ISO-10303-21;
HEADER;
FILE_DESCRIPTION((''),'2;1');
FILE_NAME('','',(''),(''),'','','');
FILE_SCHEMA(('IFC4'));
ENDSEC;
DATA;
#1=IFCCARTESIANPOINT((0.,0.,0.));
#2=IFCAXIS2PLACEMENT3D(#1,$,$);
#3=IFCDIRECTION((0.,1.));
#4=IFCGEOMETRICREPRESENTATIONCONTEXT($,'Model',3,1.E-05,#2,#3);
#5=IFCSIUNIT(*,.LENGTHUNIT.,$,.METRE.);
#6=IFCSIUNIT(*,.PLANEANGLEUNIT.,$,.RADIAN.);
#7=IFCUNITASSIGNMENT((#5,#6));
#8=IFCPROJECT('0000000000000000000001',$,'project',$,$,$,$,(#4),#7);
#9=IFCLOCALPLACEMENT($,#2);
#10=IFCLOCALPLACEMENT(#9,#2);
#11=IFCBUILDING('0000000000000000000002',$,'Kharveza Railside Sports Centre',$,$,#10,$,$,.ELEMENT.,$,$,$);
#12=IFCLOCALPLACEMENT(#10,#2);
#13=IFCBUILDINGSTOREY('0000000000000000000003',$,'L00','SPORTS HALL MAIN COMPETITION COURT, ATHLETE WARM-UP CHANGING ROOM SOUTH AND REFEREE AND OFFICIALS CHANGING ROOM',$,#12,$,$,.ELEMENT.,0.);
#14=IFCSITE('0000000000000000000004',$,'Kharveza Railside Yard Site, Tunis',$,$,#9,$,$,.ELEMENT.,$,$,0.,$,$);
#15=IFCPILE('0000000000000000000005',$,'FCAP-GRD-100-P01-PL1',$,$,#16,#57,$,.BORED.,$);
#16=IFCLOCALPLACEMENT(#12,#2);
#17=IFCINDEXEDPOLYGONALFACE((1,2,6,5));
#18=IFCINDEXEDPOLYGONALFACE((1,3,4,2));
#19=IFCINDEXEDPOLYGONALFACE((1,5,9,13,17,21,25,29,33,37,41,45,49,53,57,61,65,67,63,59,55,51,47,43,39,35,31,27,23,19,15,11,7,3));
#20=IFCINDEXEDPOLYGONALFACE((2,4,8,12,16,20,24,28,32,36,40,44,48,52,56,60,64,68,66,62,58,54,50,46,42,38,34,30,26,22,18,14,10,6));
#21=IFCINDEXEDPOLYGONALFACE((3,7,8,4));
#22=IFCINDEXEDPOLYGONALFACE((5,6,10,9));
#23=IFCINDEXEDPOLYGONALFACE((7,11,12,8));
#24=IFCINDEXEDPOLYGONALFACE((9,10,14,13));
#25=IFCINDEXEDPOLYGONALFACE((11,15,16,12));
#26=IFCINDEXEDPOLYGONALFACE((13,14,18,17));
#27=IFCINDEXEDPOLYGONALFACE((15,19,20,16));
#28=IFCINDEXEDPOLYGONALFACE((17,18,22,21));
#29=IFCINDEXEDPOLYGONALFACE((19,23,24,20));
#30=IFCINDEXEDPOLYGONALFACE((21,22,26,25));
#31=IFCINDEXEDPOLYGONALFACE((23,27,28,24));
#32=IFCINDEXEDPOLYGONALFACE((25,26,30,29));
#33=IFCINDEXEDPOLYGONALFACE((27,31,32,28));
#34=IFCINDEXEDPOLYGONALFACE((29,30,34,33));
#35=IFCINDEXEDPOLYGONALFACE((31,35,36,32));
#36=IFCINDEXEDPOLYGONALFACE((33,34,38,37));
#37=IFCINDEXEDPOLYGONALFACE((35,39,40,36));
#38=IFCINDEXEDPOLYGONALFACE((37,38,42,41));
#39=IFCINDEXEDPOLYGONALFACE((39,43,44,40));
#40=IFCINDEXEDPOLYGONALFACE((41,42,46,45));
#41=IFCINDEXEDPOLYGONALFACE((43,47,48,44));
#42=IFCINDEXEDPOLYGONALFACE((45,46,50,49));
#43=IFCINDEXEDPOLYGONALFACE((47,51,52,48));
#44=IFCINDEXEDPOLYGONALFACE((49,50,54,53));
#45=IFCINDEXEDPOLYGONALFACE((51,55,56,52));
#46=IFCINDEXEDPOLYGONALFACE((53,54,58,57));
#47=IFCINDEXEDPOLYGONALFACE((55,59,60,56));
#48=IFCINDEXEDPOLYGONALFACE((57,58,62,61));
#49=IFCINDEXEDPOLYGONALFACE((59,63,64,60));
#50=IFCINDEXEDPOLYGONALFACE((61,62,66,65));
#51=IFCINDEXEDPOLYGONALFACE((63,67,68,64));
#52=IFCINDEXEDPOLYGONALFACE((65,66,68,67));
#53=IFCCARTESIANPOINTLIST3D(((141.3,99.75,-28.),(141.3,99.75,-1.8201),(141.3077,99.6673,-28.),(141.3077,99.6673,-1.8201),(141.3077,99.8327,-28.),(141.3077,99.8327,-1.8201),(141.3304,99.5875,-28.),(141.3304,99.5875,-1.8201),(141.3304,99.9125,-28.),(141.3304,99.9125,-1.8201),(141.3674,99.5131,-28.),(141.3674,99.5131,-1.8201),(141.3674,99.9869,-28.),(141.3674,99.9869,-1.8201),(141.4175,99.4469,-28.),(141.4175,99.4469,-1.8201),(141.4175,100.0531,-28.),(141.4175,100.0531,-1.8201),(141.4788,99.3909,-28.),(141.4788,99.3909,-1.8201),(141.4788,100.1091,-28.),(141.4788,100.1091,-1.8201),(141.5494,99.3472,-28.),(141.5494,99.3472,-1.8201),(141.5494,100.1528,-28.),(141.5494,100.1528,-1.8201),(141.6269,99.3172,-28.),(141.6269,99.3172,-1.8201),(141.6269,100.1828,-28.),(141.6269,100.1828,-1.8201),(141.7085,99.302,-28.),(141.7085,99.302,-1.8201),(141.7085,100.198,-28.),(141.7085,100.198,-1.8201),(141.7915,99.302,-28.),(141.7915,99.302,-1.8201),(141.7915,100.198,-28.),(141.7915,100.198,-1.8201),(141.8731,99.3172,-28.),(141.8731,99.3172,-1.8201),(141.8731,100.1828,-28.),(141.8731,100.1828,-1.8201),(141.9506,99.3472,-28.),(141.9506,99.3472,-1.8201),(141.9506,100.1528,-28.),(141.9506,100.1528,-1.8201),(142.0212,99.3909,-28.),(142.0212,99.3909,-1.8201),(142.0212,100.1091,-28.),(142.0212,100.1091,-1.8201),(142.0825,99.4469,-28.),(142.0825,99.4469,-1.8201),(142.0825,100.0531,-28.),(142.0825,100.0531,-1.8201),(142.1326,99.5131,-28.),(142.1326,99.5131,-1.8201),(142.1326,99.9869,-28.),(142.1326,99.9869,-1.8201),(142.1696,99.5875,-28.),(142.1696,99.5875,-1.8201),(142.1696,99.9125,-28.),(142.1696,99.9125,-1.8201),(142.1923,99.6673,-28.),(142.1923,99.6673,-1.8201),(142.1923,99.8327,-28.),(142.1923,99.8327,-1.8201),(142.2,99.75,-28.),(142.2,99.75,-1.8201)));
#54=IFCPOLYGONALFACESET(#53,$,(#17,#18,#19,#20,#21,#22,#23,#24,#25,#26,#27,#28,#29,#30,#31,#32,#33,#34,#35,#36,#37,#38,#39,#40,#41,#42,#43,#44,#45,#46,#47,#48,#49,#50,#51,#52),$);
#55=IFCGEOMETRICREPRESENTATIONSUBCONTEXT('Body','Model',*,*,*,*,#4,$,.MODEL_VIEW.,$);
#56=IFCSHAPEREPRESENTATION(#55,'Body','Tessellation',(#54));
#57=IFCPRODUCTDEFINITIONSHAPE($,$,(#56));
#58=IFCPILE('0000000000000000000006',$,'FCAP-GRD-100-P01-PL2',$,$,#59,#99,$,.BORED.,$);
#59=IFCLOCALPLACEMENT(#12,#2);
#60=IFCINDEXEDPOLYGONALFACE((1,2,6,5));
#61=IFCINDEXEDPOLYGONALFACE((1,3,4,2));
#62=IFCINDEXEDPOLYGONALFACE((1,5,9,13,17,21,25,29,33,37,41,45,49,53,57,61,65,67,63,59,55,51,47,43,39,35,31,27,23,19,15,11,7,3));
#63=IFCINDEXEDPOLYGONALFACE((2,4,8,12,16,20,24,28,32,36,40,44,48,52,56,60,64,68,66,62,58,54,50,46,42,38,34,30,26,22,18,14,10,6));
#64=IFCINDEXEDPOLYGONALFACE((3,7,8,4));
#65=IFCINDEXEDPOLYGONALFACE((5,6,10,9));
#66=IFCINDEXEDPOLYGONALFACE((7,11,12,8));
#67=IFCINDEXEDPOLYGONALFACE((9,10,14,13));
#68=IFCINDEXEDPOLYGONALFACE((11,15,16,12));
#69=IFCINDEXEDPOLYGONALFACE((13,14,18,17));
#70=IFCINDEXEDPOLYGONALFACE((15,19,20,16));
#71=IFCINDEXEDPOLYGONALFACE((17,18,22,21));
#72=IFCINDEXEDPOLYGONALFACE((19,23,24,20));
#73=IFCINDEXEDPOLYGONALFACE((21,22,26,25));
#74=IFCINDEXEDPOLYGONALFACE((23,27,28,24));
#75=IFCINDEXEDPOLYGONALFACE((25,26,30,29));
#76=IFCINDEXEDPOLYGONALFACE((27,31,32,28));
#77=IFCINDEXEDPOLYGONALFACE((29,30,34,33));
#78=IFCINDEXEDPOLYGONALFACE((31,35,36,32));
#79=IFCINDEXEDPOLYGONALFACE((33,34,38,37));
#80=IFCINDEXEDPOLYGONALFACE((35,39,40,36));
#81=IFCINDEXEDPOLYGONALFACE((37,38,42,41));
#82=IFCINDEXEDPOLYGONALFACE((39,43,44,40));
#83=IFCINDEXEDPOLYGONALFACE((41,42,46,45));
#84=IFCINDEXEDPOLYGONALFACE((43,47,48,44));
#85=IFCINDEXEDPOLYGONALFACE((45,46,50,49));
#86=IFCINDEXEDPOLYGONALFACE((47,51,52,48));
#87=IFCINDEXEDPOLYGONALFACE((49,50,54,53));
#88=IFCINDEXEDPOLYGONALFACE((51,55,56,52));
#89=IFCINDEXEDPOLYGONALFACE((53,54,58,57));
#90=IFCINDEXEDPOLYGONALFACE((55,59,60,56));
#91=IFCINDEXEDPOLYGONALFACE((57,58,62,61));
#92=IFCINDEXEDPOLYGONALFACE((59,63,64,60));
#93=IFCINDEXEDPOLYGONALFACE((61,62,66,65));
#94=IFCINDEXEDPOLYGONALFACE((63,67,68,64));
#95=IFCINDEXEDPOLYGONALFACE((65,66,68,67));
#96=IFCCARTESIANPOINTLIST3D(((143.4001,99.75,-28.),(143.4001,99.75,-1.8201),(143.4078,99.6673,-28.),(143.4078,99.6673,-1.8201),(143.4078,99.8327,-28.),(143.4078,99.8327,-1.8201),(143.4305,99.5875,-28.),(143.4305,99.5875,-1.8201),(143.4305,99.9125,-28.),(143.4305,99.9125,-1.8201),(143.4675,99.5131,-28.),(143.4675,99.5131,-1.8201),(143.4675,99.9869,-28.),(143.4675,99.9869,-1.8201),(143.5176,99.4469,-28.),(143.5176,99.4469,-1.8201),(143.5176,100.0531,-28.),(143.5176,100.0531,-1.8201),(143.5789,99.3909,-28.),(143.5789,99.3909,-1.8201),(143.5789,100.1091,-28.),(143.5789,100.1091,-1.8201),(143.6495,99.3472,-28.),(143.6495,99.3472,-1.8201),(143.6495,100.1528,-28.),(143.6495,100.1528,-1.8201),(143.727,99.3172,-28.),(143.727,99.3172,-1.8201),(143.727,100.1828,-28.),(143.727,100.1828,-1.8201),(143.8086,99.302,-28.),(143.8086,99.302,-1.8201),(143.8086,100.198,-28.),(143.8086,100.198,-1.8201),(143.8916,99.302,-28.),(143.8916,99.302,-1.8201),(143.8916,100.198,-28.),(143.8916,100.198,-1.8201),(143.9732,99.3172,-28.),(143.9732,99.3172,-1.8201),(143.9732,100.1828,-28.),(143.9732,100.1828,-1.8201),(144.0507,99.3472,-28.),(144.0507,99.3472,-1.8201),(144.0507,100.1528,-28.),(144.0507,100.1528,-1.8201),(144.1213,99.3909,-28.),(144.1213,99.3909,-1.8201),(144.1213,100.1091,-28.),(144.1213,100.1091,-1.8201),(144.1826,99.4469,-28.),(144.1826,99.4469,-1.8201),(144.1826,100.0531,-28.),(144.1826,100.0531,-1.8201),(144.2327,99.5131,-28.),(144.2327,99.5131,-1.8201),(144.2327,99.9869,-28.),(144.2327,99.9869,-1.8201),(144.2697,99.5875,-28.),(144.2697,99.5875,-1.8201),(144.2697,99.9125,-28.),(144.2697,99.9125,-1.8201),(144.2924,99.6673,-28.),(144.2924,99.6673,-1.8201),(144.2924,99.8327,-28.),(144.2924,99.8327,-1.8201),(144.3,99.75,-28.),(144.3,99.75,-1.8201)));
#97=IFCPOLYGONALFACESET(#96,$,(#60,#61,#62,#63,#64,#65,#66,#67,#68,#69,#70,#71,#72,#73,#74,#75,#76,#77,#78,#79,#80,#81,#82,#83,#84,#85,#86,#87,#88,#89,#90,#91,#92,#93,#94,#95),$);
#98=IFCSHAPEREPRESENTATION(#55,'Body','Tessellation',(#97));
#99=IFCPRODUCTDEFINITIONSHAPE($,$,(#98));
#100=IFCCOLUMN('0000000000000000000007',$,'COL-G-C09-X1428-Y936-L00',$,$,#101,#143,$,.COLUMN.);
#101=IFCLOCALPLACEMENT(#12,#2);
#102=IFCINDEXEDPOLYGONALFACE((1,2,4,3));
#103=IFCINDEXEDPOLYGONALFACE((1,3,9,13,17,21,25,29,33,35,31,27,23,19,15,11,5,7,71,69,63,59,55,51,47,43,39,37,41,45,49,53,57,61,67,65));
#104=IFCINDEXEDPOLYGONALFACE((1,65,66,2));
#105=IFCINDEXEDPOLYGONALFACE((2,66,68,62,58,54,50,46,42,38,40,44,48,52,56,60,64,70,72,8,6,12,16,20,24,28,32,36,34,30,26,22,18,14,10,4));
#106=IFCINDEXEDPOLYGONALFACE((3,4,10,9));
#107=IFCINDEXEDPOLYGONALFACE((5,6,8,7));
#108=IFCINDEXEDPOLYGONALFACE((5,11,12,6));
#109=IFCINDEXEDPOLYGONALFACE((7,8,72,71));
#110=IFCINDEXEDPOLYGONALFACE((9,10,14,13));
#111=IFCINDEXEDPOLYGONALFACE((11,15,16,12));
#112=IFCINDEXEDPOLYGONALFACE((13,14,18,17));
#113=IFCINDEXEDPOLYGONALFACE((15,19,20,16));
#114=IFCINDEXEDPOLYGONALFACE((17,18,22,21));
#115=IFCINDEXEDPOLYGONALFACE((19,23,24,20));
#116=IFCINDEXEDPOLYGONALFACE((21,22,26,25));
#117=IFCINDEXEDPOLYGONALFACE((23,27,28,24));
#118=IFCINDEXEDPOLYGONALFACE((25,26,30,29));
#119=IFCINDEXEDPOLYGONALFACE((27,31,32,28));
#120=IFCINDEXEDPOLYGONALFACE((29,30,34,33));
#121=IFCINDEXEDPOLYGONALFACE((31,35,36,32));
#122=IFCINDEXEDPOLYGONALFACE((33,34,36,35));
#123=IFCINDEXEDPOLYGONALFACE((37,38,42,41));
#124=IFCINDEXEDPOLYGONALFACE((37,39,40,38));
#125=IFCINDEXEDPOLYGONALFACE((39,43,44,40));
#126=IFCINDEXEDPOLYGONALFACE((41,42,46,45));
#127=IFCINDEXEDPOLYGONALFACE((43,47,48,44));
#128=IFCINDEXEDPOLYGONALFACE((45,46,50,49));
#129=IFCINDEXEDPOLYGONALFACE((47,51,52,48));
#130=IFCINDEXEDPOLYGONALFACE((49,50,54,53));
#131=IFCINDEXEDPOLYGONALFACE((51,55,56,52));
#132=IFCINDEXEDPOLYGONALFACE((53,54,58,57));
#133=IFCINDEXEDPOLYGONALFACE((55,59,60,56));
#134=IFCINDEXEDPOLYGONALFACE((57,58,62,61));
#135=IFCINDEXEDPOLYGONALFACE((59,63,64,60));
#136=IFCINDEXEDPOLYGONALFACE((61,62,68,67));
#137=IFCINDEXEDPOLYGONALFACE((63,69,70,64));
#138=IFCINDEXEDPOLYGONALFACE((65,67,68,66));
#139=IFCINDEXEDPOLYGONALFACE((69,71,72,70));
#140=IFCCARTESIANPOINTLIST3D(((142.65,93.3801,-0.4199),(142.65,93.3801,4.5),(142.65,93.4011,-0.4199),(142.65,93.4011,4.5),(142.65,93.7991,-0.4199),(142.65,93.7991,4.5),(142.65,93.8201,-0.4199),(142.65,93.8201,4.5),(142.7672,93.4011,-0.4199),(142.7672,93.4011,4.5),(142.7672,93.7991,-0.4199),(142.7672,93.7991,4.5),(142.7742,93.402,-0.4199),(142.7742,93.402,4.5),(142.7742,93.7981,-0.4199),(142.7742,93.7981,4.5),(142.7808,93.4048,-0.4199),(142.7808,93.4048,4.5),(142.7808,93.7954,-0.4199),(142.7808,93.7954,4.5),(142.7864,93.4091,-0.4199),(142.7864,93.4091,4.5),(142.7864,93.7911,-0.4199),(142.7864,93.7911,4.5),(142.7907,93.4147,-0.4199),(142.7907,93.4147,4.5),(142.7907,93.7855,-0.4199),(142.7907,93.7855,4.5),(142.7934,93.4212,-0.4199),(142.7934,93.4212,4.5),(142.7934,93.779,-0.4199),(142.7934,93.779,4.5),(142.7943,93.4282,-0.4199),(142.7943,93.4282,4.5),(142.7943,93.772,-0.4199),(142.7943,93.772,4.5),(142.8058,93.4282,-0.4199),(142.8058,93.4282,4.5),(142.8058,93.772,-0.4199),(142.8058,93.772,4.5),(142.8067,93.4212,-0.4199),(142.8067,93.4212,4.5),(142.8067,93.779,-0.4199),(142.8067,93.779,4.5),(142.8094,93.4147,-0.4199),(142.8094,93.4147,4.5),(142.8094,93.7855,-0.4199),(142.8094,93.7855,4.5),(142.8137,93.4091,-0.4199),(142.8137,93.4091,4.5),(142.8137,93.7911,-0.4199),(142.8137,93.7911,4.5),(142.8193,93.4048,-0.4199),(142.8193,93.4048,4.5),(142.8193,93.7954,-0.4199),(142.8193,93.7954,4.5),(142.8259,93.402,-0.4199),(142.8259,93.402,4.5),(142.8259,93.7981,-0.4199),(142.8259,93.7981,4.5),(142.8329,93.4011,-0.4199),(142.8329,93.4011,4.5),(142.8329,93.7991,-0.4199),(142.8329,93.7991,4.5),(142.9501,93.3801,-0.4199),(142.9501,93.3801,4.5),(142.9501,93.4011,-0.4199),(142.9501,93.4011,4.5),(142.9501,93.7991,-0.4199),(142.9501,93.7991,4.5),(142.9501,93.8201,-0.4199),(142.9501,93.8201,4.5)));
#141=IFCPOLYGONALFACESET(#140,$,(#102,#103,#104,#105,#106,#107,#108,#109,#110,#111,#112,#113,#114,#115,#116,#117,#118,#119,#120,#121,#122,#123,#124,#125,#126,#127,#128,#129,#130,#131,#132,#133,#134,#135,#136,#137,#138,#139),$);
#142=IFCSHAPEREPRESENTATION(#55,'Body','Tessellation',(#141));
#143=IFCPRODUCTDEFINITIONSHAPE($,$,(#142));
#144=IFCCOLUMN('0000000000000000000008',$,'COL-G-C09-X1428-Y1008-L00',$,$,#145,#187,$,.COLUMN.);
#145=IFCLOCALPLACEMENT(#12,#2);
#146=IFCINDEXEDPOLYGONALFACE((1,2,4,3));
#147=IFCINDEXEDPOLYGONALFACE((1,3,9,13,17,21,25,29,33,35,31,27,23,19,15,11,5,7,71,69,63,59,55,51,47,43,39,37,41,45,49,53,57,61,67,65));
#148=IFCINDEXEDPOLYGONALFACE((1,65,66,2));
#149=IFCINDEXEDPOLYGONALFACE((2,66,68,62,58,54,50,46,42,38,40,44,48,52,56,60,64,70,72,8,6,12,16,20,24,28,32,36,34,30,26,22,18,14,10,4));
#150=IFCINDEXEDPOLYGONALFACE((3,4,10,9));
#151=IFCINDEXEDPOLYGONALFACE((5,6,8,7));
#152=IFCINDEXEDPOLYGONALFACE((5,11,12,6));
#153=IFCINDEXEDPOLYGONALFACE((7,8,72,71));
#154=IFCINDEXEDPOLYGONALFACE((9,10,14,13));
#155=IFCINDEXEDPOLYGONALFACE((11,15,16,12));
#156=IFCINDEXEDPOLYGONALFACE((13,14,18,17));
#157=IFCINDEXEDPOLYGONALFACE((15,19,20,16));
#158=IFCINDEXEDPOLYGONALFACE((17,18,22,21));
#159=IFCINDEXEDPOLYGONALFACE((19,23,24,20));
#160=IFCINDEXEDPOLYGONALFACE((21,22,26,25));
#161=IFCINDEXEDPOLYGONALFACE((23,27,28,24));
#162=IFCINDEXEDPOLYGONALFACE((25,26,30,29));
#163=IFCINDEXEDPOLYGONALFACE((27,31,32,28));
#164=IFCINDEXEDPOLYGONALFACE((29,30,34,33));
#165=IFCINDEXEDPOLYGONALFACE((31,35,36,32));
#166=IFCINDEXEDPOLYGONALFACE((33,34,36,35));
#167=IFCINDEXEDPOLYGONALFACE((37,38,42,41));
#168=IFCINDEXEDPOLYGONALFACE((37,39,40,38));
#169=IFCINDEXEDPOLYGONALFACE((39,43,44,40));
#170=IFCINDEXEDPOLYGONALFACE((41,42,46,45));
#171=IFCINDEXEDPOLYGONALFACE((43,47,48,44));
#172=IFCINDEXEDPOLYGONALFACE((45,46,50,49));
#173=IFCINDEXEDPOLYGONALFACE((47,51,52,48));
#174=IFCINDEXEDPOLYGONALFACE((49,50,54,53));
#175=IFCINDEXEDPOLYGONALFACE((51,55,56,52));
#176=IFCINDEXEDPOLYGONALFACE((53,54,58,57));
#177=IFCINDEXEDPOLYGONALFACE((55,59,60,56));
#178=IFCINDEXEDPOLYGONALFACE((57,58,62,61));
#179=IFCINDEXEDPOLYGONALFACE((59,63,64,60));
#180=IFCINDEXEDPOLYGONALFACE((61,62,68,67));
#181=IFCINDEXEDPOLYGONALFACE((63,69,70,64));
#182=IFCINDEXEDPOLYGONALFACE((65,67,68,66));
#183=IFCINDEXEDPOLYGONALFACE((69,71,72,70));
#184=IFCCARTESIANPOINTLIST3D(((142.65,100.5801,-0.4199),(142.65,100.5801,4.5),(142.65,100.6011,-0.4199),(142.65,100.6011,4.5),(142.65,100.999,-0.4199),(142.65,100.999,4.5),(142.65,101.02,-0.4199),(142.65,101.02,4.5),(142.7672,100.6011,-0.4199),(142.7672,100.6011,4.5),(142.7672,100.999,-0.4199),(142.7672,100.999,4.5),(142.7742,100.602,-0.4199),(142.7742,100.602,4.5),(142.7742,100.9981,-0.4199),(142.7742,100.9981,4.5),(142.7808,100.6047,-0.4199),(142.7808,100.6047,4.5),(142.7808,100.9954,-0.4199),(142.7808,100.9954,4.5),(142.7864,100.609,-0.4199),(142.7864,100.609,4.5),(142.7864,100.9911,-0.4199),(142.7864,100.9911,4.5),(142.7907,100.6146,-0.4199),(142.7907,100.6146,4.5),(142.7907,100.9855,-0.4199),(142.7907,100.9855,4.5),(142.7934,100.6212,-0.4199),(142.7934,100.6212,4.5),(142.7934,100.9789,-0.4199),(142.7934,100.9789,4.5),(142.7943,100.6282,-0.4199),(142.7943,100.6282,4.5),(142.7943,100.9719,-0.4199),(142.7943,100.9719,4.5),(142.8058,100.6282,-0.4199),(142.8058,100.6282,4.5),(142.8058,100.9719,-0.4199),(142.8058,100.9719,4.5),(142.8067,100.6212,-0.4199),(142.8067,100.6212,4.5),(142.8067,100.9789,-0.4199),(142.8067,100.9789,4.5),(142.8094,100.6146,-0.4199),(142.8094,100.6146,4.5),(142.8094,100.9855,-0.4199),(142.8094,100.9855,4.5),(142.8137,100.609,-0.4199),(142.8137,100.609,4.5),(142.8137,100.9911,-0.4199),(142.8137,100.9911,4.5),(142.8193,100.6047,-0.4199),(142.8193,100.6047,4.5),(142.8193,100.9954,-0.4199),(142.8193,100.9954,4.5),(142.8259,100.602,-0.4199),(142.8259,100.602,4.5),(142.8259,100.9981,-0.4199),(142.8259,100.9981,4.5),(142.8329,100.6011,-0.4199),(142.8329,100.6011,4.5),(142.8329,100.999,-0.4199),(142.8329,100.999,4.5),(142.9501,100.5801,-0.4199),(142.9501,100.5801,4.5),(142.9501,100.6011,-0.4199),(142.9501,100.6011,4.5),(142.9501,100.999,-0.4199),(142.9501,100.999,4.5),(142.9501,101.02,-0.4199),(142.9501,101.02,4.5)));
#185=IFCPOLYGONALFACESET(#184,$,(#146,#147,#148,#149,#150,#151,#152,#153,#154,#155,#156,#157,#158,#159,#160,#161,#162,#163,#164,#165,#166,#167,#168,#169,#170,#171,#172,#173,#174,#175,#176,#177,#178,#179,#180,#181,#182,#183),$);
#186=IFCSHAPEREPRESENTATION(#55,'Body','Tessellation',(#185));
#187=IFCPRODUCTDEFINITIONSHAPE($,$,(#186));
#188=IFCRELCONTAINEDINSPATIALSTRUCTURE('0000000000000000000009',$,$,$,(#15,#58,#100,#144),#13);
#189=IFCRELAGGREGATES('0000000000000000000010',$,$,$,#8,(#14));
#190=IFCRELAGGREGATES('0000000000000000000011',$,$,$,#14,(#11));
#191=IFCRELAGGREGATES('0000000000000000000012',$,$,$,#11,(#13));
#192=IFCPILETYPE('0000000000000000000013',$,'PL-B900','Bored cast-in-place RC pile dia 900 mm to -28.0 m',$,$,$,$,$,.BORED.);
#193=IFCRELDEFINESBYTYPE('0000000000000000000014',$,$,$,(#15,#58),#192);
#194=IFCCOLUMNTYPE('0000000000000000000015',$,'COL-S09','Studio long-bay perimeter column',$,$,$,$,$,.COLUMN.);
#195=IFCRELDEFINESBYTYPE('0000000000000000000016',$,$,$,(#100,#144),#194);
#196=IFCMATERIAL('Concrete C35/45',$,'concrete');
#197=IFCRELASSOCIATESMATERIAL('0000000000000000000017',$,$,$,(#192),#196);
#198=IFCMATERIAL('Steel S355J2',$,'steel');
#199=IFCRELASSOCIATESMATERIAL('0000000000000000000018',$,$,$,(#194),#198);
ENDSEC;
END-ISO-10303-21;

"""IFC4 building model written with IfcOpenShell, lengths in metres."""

from ifc_helpers import new_model, si_unit, direction, frame, origin, origin_2d, place, context, subcontext, project, spatial, circle, i_section, extrude, material, material_profile, profile_set, type_object, element, save


model = new_model("IFC4")

# Units and contexts
model_context = context("Model", 3, precision=1e-05, world=origin(), true_north=direction((0.0, 1.0)))
body_context = subcontext(model_context, "Body", "Model", "MODEL_VIEW")
ifc_project = project(units=[si_unit("LENGTHUNIT", "METRE"), si_unit("PLANEANGLEUNIT", "RADIAN")], contexts=[model_context])

# Site, building, storey
site_placement = place(None, origin())
site = spatial("IfcSite", under=ifc_project, at=site_placement, Name="Kharveza Railside Yard Site, Tunis", CompositionType="ELEMENT", RefElevation=0.0)
building_placement = place(site_placement, origin())
building = spatial("IfcBuilding", under=site, at=building_placement, Name="Kharveza Railside Sports Centre", CompositionType="ELEMENT")
storey_placement = place(building_placement, origin())
storey = spatial("IfcBuildingStorey", under=building, at=storey_placement, Name="L00", Description="SPORTS HALL MAIN COMPETITION COURT, ATHLETE WARM-UP CHANGING ROOM SOUTH AND REFEREE AND OFFICIALS CHANGING ROOM", CompositionType="ELEMENT", Elevation=0.0)

# Shared definitions
ifc_material_1 = material(Name="Concrete C35/45", Category="concrete")

# Piles
ifc_material_profile_1 = material_profile(ifc_material_1, circle(Radius=0.45, at=origin_2d()), Name="PILE D900")
ifc_profile_set_1 = profile_set([ifc_material_profile_1], Name="Concrete C35/45")
pile_type_1 = type_object("IfcPileType", Name="PL-B900", Description="Bored cast-in-place RC pile dia 900 mm to -28.0 m", PredefinedType="BORED", material=ifc_profile_set_1)
for number, where, z_axis, x_axis, name in (
    (1, (141.75, 99.75, -1.8201), (0.0, 0.0, -1.0), (1.0, 0.0, 0.0), "FCAP-GRD-100-P01-PL1"),
    (2, (143.8501, 99.75, -1.8201), (0.0, 0.0, -1.0), (1.0, 0.0, 0.0), "FCAP-GRD-100-P01-PL2"),
):
    element("IfcPile", number, at=place(storey_placement, frame(where, z_axis=z_axis, x_axis=x_axis)), inside=storey, type_object=pile_type_1, Name=name, PredefinedType="BORED", context=body_context, shape_type="SweptSolid", body=[
        extrude(circle(Radius=0.45, at=origin_2d()), origin(), (0.0, 0.0, 1.0), 26.1799),
    ])

# Columns
ifc_material_2 = material(Name="Steel S355J2", Category="steel")
ifc_material_profile_2 = material_profile(ifc_material_2, i_section(OverallWidth=0.3, OverallDepth=0.4399, WebThickness=0.0115, FlangeThickness=0.021, FilletRadius=0.0271, at=origin_2d()), Name="HEA 450")
ifc_profile_set_2 = profile_set([ifc_material_profile_2], Name="Steel S355J2")
column_type = type_object("IfcColumnType", Name="COL-S09", Description="Studio long-bay perimeter column", PredefinedType="COLUMN", material=ifc_profile_set_2)
for number, where, z_axis, x_axis, name in (
    (3, (142.8, 93.6001, -0.4199), (0.0, 0.0, 1.0), (1.0, 0.0, 0.0), "COL-G-C09-X1428-Y936-L00"),
    (4, (142.8, 100.8, -0.4199), (0.0, 0.0, 1.0), (1.0, 0.0, 0.0), "COL-G-C09-X1428-Y1008-L00"),
):
    element("IfcColumn", number, at=place(storey_placement, frame(where, z_axis=z_axis, x_axis=x_axis)), inside=storey, type_object=column_type, Name=name, PredefinedType="COLUMN", context=body_context, shape_type="SweptSolid", body=[
        extrude(i_section(OverallWidth=0.3, OverallDepth=0.4399, WebThickness=0.0115, FlangeThickness=0.021, FilletRadius=0.0271, at=origin_2d()), origin(), (0.0, 0.0, 1.0), 4.9199),
    ])

save(model, "model.ifc")
